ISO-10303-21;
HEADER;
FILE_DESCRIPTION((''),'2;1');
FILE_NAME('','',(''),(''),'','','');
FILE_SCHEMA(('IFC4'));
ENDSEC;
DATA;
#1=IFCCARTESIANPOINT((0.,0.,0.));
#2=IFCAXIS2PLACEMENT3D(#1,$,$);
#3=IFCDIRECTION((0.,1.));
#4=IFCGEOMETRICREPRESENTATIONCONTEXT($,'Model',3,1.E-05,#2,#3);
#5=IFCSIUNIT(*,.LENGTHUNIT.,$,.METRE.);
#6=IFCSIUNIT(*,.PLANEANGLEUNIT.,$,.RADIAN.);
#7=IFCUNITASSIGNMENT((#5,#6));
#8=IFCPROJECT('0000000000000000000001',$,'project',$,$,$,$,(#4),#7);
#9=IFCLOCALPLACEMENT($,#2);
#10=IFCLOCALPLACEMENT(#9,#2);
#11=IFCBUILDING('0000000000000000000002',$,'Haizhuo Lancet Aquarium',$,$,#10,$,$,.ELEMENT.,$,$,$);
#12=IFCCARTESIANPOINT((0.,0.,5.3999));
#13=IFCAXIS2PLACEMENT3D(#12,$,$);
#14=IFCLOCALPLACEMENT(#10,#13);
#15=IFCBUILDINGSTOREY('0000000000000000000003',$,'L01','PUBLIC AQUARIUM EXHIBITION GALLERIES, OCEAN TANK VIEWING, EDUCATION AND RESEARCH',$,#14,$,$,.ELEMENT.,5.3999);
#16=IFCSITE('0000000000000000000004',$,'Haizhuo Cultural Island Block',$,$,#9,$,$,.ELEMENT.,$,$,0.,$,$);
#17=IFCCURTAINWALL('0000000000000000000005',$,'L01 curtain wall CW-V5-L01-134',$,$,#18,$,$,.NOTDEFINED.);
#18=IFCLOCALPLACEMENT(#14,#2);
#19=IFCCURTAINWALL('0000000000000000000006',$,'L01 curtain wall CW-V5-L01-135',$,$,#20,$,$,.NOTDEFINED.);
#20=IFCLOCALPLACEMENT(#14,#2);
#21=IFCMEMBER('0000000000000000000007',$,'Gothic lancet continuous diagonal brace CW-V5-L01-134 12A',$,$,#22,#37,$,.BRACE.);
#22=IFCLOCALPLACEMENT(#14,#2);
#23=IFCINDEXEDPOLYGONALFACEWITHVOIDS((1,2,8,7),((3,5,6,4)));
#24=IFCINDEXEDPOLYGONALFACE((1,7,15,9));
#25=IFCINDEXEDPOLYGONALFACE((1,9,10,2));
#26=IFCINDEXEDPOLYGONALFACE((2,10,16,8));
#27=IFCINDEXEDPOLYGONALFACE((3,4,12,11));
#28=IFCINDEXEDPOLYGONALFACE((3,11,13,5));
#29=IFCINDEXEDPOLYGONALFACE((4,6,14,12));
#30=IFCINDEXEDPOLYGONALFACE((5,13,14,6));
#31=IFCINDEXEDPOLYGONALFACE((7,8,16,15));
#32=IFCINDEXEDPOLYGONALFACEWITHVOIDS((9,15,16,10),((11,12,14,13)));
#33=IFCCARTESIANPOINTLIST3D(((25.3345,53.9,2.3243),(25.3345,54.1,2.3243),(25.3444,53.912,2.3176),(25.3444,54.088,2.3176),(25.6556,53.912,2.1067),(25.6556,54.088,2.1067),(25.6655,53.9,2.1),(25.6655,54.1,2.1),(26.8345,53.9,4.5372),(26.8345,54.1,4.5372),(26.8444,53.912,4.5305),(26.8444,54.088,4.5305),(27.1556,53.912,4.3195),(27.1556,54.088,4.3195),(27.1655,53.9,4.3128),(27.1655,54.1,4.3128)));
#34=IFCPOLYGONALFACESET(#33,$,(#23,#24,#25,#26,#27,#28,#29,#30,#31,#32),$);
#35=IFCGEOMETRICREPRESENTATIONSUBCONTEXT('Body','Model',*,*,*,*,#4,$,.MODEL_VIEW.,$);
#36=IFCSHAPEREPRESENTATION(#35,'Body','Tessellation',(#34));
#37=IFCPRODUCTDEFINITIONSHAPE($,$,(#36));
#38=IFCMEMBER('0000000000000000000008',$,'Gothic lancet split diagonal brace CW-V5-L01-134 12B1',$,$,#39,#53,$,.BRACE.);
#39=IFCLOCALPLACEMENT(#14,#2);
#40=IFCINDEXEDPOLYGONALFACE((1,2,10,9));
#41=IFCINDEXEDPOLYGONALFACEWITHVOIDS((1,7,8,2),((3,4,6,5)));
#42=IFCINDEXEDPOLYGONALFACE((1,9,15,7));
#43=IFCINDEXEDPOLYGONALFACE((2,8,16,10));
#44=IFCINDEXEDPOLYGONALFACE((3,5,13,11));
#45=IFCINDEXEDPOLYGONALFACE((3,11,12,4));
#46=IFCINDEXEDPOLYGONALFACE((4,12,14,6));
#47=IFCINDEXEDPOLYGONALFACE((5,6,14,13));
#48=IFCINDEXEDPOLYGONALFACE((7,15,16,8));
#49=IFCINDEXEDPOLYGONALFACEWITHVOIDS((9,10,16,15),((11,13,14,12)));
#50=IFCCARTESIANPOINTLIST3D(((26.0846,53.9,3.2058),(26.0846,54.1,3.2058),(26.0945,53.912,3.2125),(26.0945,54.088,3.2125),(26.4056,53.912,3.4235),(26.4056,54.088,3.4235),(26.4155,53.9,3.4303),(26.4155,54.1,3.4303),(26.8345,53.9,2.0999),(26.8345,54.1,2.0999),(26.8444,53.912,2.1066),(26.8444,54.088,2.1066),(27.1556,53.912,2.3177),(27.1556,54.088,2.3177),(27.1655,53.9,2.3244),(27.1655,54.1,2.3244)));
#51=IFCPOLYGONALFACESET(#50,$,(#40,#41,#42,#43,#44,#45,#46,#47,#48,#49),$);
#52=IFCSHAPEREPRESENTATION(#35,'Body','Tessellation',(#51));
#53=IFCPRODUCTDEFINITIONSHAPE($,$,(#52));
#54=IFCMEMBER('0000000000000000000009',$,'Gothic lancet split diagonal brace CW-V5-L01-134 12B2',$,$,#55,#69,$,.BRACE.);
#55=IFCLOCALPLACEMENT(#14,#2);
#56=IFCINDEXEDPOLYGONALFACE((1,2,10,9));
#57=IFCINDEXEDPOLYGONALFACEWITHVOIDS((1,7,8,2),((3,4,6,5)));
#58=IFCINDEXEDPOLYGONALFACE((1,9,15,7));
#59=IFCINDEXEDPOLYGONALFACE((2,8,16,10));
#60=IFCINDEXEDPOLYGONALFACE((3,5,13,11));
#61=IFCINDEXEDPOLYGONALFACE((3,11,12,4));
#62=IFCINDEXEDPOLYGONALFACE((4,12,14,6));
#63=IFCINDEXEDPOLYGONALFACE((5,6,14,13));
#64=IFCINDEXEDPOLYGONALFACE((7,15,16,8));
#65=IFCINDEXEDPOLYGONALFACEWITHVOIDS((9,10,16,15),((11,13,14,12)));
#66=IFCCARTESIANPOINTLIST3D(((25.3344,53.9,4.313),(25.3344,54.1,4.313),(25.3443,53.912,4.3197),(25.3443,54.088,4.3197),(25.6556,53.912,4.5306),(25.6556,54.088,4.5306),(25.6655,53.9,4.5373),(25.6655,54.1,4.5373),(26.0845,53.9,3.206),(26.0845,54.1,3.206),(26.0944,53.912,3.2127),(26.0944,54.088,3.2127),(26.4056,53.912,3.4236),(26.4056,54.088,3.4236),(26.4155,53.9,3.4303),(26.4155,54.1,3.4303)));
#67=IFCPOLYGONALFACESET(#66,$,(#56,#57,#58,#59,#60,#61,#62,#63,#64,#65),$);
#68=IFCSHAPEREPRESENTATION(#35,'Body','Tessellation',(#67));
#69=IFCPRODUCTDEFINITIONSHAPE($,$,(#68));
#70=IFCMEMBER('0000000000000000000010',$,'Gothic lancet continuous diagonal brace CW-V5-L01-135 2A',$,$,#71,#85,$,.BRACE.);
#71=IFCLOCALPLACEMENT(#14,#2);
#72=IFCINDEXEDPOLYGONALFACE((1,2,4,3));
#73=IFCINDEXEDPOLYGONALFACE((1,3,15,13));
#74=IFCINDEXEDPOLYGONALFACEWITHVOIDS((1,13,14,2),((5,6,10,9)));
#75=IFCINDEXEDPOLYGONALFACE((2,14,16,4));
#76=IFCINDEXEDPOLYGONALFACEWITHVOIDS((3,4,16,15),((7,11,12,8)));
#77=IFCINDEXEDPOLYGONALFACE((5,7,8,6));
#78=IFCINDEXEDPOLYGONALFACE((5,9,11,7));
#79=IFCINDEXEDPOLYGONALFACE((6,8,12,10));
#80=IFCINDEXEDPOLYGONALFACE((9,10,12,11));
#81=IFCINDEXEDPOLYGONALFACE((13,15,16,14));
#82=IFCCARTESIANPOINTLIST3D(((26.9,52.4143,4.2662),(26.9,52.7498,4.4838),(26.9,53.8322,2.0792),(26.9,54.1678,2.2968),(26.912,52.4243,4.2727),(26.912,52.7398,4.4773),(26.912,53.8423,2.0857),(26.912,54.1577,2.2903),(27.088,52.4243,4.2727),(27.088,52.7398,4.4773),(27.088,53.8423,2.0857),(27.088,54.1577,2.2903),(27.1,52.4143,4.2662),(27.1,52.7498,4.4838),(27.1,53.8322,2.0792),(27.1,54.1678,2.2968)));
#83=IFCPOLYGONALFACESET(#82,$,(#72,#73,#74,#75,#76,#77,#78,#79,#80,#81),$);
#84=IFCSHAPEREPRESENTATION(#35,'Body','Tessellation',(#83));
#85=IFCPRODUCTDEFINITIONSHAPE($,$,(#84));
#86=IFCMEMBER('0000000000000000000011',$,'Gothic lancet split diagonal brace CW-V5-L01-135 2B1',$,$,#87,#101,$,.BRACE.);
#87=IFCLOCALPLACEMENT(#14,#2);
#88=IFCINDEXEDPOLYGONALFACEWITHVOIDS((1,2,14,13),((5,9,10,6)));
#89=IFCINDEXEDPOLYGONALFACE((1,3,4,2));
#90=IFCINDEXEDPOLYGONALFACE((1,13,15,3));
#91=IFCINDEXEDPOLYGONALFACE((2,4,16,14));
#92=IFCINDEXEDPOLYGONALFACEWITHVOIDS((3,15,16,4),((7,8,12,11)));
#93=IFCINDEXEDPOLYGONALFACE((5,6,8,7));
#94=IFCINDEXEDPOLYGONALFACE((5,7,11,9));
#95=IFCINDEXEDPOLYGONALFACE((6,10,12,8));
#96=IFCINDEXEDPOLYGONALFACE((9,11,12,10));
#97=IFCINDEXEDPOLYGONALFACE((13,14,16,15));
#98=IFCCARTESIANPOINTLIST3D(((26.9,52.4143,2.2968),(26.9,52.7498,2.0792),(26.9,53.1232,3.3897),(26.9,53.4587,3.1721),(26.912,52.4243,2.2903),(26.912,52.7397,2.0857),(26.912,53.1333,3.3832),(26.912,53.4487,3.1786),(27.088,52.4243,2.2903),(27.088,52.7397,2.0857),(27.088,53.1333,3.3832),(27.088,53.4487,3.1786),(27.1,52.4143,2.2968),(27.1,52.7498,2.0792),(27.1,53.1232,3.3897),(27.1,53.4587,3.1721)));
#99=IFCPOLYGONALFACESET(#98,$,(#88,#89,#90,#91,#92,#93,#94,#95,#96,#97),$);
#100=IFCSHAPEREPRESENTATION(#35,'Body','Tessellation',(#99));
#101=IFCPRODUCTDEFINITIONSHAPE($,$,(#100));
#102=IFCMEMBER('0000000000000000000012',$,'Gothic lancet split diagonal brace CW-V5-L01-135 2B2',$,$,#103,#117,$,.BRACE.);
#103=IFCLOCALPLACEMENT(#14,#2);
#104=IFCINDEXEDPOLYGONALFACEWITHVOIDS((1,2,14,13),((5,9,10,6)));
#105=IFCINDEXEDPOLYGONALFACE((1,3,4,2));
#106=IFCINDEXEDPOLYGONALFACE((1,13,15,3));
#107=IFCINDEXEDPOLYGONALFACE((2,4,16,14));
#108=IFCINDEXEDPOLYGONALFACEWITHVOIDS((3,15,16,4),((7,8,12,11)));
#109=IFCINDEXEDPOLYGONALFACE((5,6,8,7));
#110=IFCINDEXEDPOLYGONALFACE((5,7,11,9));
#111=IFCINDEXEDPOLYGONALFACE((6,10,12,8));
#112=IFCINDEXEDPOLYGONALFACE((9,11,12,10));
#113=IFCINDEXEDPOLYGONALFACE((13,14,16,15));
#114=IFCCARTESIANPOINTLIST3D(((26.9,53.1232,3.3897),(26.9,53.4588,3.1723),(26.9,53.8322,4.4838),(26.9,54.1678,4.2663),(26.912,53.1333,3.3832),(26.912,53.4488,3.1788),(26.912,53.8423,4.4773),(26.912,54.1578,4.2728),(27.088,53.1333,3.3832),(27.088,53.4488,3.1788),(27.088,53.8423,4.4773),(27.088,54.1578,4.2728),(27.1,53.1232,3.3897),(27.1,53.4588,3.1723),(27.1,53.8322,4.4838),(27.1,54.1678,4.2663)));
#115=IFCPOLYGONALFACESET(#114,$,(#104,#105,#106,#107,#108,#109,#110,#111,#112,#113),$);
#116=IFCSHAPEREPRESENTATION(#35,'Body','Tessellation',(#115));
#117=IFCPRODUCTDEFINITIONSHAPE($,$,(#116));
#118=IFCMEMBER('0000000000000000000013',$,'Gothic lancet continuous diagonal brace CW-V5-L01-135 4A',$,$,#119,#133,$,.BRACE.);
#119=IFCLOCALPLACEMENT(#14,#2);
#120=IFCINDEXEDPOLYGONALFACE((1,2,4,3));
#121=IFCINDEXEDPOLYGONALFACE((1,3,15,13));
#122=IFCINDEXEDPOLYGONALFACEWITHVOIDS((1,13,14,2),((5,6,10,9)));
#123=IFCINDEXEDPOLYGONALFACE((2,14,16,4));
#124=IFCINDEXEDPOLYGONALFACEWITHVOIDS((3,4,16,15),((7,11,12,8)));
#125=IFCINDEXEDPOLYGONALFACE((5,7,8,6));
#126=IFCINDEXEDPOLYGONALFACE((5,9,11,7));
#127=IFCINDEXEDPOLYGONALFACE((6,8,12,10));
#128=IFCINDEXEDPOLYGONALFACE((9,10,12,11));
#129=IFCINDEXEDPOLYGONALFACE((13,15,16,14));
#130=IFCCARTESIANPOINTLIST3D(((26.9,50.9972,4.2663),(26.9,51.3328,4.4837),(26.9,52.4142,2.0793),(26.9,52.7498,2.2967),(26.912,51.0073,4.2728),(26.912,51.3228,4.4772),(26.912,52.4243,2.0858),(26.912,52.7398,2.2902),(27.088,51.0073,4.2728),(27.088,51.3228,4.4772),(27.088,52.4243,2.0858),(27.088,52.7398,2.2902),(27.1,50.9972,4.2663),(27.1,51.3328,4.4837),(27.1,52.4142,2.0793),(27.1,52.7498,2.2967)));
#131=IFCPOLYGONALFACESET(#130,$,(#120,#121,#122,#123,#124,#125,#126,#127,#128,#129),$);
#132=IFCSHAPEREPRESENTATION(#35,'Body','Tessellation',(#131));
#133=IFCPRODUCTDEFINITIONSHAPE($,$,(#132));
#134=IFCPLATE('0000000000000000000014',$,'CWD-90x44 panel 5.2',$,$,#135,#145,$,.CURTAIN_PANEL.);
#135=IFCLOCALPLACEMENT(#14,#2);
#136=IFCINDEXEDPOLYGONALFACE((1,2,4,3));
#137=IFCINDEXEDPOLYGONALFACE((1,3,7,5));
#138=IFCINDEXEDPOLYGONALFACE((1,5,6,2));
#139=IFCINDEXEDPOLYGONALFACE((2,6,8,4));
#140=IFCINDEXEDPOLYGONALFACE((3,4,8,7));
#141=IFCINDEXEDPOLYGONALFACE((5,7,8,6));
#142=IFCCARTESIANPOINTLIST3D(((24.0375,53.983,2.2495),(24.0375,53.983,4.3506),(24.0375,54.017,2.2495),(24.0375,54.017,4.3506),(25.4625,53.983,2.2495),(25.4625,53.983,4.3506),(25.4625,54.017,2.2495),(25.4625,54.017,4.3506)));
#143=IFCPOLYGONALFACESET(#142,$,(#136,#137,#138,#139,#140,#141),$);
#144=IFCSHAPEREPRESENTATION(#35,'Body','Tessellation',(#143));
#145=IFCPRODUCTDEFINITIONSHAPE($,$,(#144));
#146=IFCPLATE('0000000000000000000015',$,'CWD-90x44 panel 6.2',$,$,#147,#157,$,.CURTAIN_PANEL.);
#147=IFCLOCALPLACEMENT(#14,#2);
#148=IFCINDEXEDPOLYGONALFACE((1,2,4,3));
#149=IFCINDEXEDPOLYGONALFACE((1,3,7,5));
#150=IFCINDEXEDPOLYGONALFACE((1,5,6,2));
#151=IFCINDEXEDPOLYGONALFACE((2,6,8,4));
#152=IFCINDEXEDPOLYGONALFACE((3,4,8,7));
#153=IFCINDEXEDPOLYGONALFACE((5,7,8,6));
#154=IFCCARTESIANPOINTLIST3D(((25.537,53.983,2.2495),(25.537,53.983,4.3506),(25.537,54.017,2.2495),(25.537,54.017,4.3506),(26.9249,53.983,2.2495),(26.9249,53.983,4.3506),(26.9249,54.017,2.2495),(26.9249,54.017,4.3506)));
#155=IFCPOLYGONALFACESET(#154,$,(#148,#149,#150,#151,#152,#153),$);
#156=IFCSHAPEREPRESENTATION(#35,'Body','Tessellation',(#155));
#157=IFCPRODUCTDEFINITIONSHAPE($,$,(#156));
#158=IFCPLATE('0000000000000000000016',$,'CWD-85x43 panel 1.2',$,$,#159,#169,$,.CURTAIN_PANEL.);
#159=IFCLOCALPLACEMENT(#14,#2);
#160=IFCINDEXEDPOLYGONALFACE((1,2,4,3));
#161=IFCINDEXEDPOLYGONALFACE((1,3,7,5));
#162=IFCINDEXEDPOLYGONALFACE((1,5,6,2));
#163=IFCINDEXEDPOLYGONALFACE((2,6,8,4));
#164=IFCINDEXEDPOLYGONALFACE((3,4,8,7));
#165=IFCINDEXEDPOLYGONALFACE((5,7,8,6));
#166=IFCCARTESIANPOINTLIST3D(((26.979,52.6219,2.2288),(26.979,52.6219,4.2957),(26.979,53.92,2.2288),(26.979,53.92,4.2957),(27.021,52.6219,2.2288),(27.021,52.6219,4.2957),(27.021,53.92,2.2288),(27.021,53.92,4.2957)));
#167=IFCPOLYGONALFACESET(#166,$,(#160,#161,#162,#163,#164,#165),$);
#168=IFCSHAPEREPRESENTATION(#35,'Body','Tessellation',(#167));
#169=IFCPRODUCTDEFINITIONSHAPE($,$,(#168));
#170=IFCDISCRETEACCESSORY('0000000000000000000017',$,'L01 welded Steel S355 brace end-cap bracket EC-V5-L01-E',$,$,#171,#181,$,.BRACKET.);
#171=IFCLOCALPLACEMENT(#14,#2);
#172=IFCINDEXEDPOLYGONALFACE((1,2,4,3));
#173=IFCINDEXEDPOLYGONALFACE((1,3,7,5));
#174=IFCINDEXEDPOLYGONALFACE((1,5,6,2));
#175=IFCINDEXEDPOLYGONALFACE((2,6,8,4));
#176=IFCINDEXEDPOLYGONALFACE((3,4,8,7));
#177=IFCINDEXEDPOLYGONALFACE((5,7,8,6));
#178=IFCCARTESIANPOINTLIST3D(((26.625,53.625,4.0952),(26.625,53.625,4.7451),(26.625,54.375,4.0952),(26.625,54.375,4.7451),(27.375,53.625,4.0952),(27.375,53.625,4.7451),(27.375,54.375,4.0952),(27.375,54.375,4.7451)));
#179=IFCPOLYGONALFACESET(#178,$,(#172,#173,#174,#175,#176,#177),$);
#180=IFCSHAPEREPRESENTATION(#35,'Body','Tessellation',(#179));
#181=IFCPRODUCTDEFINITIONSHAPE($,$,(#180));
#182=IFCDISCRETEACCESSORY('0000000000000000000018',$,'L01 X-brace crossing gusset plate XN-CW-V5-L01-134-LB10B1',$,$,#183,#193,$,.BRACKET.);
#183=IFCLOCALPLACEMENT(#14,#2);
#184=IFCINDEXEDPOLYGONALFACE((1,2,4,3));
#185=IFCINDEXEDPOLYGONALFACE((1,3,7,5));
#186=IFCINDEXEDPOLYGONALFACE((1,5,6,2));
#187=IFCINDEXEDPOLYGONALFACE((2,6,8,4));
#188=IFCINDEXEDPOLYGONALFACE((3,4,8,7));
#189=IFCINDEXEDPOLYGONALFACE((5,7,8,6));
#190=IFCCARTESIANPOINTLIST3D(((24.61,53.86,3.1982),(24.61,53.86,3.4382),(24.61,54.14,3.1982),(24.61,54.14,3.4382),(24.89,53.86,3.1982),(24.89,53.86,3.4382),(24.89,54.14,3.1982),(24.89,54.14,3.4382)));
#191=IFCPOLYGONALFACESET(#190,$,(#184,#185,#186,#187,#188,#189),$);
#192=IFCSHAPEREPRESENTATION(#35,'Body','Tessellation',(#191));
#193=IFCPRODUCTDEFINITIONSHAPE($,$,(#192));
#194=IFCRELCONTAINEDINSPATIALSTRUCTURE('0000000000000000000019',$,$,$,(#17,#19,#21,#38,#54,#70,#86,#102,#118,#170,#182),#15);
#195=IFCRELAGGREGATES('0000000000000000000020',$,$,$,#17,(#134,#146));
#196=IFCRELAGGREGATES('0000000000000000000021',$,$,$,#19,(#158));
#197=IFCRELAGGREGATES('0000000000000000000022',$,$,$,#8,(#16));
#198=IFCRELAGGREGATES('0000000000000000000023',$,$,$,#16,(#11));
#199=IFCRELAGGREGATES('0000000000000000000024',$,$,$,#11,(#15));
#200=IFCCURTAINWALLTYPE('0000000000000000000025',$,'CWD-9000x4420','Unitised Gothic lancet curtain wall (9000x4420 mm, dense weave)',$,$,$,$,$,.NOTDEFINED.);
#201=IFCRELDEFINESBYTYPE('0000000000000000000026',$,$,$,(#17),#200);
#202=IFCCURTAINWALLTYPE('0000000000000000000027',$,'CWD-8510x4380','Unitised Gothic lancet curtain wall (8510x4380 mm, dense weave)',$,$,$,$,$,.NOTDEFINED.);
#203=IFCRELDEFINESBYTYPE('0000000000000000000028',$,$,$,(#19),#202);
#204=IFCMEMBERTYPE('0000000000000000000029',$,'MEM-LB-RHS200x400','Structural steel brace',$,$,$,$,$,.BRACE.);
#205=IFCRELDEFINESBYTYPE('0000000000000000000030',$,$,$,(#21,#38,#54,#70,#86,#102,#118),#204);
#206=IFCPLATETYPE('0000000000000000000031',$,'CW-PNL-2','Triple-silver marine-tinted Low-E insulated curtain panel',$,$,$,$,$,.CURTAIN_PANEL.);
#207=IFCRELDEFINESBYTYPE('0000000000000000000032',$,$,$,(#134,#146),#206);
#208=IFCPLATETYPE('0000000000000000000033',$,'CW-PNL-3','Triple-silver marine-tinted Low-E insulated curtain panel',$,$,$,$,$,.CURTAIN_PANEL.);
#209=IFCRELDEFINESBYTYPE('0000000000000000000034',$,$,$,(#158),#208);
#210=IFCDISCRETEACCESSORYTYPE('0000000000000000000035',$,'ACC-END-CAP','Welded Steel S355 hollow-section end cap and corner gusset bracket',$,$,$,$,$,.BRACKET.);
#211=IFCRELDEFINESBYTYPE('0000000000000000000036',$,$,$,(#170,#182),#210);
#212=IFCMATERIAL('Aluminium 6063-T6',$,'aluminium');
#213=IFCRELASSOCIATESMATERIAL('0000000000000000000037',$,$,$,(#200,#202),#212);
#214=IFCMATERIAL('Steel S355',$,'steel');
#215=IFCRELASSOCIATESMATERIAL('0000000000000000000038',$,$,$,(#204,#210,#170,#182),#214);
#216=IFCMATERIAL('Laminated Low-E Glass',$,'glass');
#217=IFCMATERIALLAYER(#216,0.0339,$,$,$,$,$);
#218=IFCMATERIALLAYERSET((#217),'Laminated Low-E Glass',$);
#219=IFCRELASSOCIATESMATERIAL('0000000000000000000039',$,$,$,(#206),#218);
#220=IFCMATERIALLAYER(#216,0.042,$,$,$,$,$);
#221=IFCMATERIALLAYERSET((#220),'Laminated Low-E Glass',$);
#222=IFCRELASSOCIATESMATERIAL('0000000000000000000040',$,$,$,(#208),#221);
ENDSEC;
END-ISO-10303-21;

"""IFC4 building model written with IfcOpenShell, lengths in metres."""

from ifc_helpers import new_model, si_unit, direction, frame, origin, origin_2d, place, context, subcontext, project, spatial, rectangle, hollow_rectangle, extrude, material, layer, layer_set, material_profile, profile_set, type_object, element, aggregate, save


model = new_model("IFC4")

# Units and contexts
model_context = context("Model", 3, precision=1e-05, world=origin(), true_north=direction((0.0, 1.0)))
body_context = subcontext(model_context, "Body", "Model", "MODEL_VIEW")
ifc_project = project(units=[si_unit("LENGTHUNIT", "METRE"), si_unit("PLANEANGLEUNIT", "RADIAN")], contexts=[model_context])

# Site, building, storey
site_placement = place(None, origin())
site = spatial("IfcSite", under=ifc_project, at=site_placement, Name="Haizhuo Cultural Island Block", CompositionType="ELEMENT", RefElevation=0.0)
building_placement = place(site_placement, origin())
building = spatial("IfcBuilding", under=site, at=building_placement, Name="Haizhuo Lancet Aquarium", CompositionType="ELEMENT")
storey_placement = place(building_placement, frame((0.0, 0.0, 5.3999)))
storey = spatial("IfcBuildingStorey", under=building, at=storey_placement, Name="L01", Description="PUBLIC AQUARIUM EXHIBITION GALLERIES, OCEAN TANK VIEWING, EDUCATION AND RESEARCH", CompositionType="ELEMENT", Elevation=5.3999)

# Curtain walls
ifc_material_1 = material(Name="Aluminium 6063-T6", Category="aluminium")
curtain_wall_type_1 = type_object("IfcCurtainWallType", Name="CWD-9000x4420", Description="Unitised Gothic lancet curtain wall (9000x4420 mm, dense weave)", PredefinedType="NOTDEFINED", material=ifc_material_1)
curtain_wall_1_placement = place(storey_placement, origin())
curtain_wall_1 = element("IfcCurtainWall", 1, at=curtain_wall_1_placement, inside=storey, type_object=curtain_wall_type_1, Name="L01 curtain wall CW-V5-L01-134", PredefinedType="NOTDEFINED")
curtain_wall_type_2 = type_object("IfcCurtainWallType", Name="CWD-8510x4380", Description="Unitised Gothic lancet curtain wall (8510x4380 mm, dense weave)", PredefinedType="NOTDEFINED", material=ifc_material_1)
curtain_wall_2_placement = place(storey_placement, origin())
curtain_wall_2 = element("IfcCurtainWall", 2, at=curtain_wall_2_placement, inside=storey, type_object=curtain_wall_type_2, Name="L01 curtain wall CW-V5-L01-135", PredefinedType="NOTDEFINED")

# Members
ifc_material_2 = material(Name="Steel S355", Category="steel")
ifc_material_profile_1 = material_profile(ifc_material_2, hollow_rectangle(XDim=0.2, YDim=0.3999, WallThickness=0.012, at=origin_2d()), Name="RHS 200x400x12")
ifc_profile_set_1 = profile_set([ifc_material_profile_1], Name="Steel S355")
member_type_1 = type_object("IfcMemberType", Name="MEM-LB-RHS200x400", Description="Structural steel brace", PredefinedType="BRACE", material=ifc_profile_set_1)
member_1_placement = place(storey_placement, frame((25.5, 54.0, 2.2122), z_axis=(0.56109, 0.0, 0.827755), x_axis=(0.0, 1.0, 0.0)))
element("IfcMember", 3, at=member_1_placement, inside=storey, type_object=member_type_1, Name="Gothic lancet continuous diagonal brace CW-V5-L01-134 12A", PredefinedType="BRACE", context=body_context, shape_type="SweptSolid", body=[
    extrude(hollow_rectangle(XDim=0.2, YDim=0.3999, WallThickness=0.012, at=origin_2d()), origin(), (0.0, 0.0, 1.0), 2.6733),
])
member_2_placement = place(storey_placement, frame((27.0, 54.0, 2.2122), z_axis=(-0.56126, 0.0, 0.827639), x_axis=(0.0, -1.0, 0.0)))
element("IfcMember", 4, at=member_2_placement, inside=storey, type_object=member_type_1, Name="Gothic lancet split diagonal brace CW-V5-L01-134 12B1", PredefinedType="BRACE", context=body_context, shape_type="SweptSolid", body=[
    extrude(hollow_rectangle(XDim=0.2, YDim=0.3999, WallThickness=0.012, at=origin_2d()), origin(), (0.0, 0.0, 1.0), 1.3362),
])
member_3_placement = place(storey_placement, frame((26.25, 54.0, 3.3181), z_axis=(-0.560921, 0.0, 0.827869), x_axis=(0.0, -1.0, 0.0)))
element("IfcMember", 5, at=member_3_placement, inside=storey, type_object=member_type_1, Name="Gothic lancet split diagonal brace CW-V5-L01-134 12B2", PredefinedType="BRACE", context=body_context, shape_type="SweptSolid", body=[
    extrude(hollow_rectangle(XDim=0.2, YDim=0.3999, WallThickness=0.012, at=origin_2d()), origin(), (0.0, 0.0, 1.0), 1.3372),
])
member_4_placement = place(storey_placement, frame((27.0, 54.0, 2.188), z_axis=(0.0, -0.54402, 0.839072), x_axis=(1.0, 0.0, 0.0)))
element("IfcMember", 6, at=member_4_placement, inside=storey, type_object=member_type_1, Name="Gothic lancet continuous diagonal brace CW-V5-L01-135 2A", PredefinedType="BRACE", context=body_context, shape_type="SweptSolid", body=[
    extrude(hollow_rectangle(XDim=0.2, YDim=0.3999, WallThickness=0.012, at=origin_2d()), origin(), (0.0, 0.0, 1.0), 2.6064),
])
member_5_placement = place(storey_placement, frame((27.0, 52.582, 2.188), z_axis=(0.0, 0.544191, 0.838961), x_axis=(-1.0, 0.0, 0.0)))
element("IfcMember", 7, at=member_5_placement, inside=storey, type_object=member_type_1, Name="Gothic lancet split diagonal brace CW-V5-L01-135 2B1", PredefinedType="BRACE", context=body_context, shape_type="SweptSolid", body=[
    extrude(hollow_rectangle(XDim=0.2, YDim=0.3999, WallThickness=0.012, at=origin_2d()), origin(), (0.0, 0.0, 1.0), 1.3027),
])
member_6_placement = place(storey_placement, frame((27.0, 53.291, 3.281), z_axis=(0.0, 0.543849, 0.839183), x_axis=(-1.0, 0.0, 0.0)))
element("IfcMember", 8, at=member_6_placement, inside=storey, type_object=member_type_1, Name="Gothic lancet split diagonal brace CW-V5-L01-135 2B2", PredefinedType="BRACE", context=body_context, shape_type="SweptSolid", body=[
    extrude(hollow_rectangle(XDim=0.2, YDim=0.3999, WallThickness=0.012, at=origin_2d()), origin(), (0.0, 0.0, 1.0), 1.3037),
])
member_7_placement = place(storey_placement, frame((27.0, 52.582, 2.188), z_axis=(0.0, -0.543756, 0.839243), x_axis=(1.0, 0.0, 0.0)))
element("IfcMember", 9, at=member_7_placement, inside=storey, type_object=member_type_1, Name="Gothic lancet continuous diagonal brace CW-V5-L01-135 4A", PredefinedType="BRACE", context=body_context, shape_type="SweptSolid", body=[
    extrude(hollow_rectangle(XDim=0.2, YDim=0.3999, WallThickness=0.012, at=origin_2d()), origin(), (0.0, 0.0, 1.0), 2.606),
])

# Plates
ifc_material_3 = material(Name="Laminated Low-E Glass", Category="glass")
ifc_layer_1 = layer(ifc_material_3, 0.0339)
ifc_layer_set_1 = layer_set([ifc_layer_1], Name="Laminated Low-E Glass")
plate_type_1 = type_object("IfcPlateType", Name="CW-PNL-2", Description="Triple-silver marine-tinted Low-E insulated curtain panel", PredefinedType="CURTAIN_PANEL", material=ifc_layer_set_1)
plate_1_placement = place(storey_placement, frame((24.75, 54.0, 2.2495), z_axis=(0.0, 0.0, 1.0), x_axis=(1.0, 0.0, 0.0)))
plate_1 = element("IfcPlate", 10, at=plate_1_placement, type_object=plate_type_1, Name="CWD-90x44 panel 5.2", PredefinedType="CURTAIN_PANEL", context=body_context, shape_type="SweptSolid", body=[
    extrude(rectangle(XDim=1.425, YDim=0.0339, at=origin_2d()), origin(), (0.0, 0.0, 1.0), 2.1011),
])
plate_2_placement = place(storey_placement, frame((26.231, 54.0, 2.2495), z_axis=(0.0, 0.0, 1.0), x_axis=(1.0, 0.0, 0.0)))
plate_2 = element("IfcPlate", 11, at=plate_2_placement, type_object=plate_type_1, Name="CWD-90x44 panel 6.2", PredefinedType="CURTAIN_PANEL", context=body_context, shape_type="SweptSolid", body=[
    extrude(rectangle(XDim=1.3879, YDim=0.0339, at=origin_2d()), origin(), (0.0, 0.0, 1.0), 2.1011),
])
aggregate(curtain_wall_1, [plate_1, plate_2])
ifc_layer_2 = layer(ifc_material_3, 0.042)
ifc_layer_set_2 = layer_set([ifc_layer_2], Name="Laminated Low-E Glass")
plate_type_2 = type_object("IfcPlateType", Name="CW-PNL-3", Description="Triple-silver marine-tinted Low-E insulated curtain panel", PredefinedType="CURTAIN_PANEL", material=ifc_layer_set_2)
plate_3_placement = place(storey_placement, frame((27.0, 53.271, 2.2288), z_axis=(0.0, 0.0, 1.0), x_axis=(0.0, -1.0, 0.0)))
plate_3 = element("IfcPlate", 12, at=plate_3_placement, type_object=plate_type_2, Name="CWD-85x43 panel 1.2", PredefinedType="CURTAIN_PANEL", context=body_context, shape_type="SweptSolid", body=[
    extrude(rectangle(XDim=1.2981, YDim=0.042, at=origin_2d()), origin(), (0.0, 0.0, 1.0), 2.0669),
])
aggregate(curtain_wall_2, [plate_3])

# Discrete accessories
discrete_accessory_type = type_object("IfcDiscreteAccessoryType", Name="ACC-END-CAP", Description="Welded Steel S355 hollow-section end cap and corner gusset bracket", PredefinedType="BRACKET", material=ifc_material_2)
discrete_accessory_placement = place(storey_placement, frame((27.0, 54.0, 4.0952), z_axis=(0.0, 0.0, 1.0), x_axis=(1.0, 0.0, 0.0)))
element("IfcDiscreteAccessory", 13, at=discrete_accessory_placement, inside=storey, type_object=discrete_accessory_type, material=ifc_material_2, Name="L01 welded Steel S355 brace end-cap bracket EC-V5-L01-E", PredefinedType="BRACKET", context=body_context, shape_type="SweptSolid", body=[
    extrude(rectangle(XDim=0.75, YDim=0.75, at=origin_2d()), origin(), (0.0, 0.0, 1.0), 0.6499),
])
for number, where, z_axis, x_axis, name in (
    (14, (24.75, 54.0, 3.1982), (0.0, 0.0, 1.0), (1.0, 0.0, 0.0), "L01 X-brace crossing gusset plate XN-CW-V5-L01-134-LB10B1"),
):
    element("IfcDiscreteAccessory", number, at=place(storey_placement, frame(where, z_axis=z_axis, x_axis=x_axis)), inside=storey, type_object=discrete_accessory_type, material=ifc_material_2, Name=name, PredefinedType="BRACKET", context=body_context, shape_type="SweptSolid", body=[
        extrude(rectangle(XDim=0.28, YDim=0.28, at=origin_2d()), origin(), (0.0, 0.0, 1.0), 0.24),
    ])

save(model, "model.ifc")
